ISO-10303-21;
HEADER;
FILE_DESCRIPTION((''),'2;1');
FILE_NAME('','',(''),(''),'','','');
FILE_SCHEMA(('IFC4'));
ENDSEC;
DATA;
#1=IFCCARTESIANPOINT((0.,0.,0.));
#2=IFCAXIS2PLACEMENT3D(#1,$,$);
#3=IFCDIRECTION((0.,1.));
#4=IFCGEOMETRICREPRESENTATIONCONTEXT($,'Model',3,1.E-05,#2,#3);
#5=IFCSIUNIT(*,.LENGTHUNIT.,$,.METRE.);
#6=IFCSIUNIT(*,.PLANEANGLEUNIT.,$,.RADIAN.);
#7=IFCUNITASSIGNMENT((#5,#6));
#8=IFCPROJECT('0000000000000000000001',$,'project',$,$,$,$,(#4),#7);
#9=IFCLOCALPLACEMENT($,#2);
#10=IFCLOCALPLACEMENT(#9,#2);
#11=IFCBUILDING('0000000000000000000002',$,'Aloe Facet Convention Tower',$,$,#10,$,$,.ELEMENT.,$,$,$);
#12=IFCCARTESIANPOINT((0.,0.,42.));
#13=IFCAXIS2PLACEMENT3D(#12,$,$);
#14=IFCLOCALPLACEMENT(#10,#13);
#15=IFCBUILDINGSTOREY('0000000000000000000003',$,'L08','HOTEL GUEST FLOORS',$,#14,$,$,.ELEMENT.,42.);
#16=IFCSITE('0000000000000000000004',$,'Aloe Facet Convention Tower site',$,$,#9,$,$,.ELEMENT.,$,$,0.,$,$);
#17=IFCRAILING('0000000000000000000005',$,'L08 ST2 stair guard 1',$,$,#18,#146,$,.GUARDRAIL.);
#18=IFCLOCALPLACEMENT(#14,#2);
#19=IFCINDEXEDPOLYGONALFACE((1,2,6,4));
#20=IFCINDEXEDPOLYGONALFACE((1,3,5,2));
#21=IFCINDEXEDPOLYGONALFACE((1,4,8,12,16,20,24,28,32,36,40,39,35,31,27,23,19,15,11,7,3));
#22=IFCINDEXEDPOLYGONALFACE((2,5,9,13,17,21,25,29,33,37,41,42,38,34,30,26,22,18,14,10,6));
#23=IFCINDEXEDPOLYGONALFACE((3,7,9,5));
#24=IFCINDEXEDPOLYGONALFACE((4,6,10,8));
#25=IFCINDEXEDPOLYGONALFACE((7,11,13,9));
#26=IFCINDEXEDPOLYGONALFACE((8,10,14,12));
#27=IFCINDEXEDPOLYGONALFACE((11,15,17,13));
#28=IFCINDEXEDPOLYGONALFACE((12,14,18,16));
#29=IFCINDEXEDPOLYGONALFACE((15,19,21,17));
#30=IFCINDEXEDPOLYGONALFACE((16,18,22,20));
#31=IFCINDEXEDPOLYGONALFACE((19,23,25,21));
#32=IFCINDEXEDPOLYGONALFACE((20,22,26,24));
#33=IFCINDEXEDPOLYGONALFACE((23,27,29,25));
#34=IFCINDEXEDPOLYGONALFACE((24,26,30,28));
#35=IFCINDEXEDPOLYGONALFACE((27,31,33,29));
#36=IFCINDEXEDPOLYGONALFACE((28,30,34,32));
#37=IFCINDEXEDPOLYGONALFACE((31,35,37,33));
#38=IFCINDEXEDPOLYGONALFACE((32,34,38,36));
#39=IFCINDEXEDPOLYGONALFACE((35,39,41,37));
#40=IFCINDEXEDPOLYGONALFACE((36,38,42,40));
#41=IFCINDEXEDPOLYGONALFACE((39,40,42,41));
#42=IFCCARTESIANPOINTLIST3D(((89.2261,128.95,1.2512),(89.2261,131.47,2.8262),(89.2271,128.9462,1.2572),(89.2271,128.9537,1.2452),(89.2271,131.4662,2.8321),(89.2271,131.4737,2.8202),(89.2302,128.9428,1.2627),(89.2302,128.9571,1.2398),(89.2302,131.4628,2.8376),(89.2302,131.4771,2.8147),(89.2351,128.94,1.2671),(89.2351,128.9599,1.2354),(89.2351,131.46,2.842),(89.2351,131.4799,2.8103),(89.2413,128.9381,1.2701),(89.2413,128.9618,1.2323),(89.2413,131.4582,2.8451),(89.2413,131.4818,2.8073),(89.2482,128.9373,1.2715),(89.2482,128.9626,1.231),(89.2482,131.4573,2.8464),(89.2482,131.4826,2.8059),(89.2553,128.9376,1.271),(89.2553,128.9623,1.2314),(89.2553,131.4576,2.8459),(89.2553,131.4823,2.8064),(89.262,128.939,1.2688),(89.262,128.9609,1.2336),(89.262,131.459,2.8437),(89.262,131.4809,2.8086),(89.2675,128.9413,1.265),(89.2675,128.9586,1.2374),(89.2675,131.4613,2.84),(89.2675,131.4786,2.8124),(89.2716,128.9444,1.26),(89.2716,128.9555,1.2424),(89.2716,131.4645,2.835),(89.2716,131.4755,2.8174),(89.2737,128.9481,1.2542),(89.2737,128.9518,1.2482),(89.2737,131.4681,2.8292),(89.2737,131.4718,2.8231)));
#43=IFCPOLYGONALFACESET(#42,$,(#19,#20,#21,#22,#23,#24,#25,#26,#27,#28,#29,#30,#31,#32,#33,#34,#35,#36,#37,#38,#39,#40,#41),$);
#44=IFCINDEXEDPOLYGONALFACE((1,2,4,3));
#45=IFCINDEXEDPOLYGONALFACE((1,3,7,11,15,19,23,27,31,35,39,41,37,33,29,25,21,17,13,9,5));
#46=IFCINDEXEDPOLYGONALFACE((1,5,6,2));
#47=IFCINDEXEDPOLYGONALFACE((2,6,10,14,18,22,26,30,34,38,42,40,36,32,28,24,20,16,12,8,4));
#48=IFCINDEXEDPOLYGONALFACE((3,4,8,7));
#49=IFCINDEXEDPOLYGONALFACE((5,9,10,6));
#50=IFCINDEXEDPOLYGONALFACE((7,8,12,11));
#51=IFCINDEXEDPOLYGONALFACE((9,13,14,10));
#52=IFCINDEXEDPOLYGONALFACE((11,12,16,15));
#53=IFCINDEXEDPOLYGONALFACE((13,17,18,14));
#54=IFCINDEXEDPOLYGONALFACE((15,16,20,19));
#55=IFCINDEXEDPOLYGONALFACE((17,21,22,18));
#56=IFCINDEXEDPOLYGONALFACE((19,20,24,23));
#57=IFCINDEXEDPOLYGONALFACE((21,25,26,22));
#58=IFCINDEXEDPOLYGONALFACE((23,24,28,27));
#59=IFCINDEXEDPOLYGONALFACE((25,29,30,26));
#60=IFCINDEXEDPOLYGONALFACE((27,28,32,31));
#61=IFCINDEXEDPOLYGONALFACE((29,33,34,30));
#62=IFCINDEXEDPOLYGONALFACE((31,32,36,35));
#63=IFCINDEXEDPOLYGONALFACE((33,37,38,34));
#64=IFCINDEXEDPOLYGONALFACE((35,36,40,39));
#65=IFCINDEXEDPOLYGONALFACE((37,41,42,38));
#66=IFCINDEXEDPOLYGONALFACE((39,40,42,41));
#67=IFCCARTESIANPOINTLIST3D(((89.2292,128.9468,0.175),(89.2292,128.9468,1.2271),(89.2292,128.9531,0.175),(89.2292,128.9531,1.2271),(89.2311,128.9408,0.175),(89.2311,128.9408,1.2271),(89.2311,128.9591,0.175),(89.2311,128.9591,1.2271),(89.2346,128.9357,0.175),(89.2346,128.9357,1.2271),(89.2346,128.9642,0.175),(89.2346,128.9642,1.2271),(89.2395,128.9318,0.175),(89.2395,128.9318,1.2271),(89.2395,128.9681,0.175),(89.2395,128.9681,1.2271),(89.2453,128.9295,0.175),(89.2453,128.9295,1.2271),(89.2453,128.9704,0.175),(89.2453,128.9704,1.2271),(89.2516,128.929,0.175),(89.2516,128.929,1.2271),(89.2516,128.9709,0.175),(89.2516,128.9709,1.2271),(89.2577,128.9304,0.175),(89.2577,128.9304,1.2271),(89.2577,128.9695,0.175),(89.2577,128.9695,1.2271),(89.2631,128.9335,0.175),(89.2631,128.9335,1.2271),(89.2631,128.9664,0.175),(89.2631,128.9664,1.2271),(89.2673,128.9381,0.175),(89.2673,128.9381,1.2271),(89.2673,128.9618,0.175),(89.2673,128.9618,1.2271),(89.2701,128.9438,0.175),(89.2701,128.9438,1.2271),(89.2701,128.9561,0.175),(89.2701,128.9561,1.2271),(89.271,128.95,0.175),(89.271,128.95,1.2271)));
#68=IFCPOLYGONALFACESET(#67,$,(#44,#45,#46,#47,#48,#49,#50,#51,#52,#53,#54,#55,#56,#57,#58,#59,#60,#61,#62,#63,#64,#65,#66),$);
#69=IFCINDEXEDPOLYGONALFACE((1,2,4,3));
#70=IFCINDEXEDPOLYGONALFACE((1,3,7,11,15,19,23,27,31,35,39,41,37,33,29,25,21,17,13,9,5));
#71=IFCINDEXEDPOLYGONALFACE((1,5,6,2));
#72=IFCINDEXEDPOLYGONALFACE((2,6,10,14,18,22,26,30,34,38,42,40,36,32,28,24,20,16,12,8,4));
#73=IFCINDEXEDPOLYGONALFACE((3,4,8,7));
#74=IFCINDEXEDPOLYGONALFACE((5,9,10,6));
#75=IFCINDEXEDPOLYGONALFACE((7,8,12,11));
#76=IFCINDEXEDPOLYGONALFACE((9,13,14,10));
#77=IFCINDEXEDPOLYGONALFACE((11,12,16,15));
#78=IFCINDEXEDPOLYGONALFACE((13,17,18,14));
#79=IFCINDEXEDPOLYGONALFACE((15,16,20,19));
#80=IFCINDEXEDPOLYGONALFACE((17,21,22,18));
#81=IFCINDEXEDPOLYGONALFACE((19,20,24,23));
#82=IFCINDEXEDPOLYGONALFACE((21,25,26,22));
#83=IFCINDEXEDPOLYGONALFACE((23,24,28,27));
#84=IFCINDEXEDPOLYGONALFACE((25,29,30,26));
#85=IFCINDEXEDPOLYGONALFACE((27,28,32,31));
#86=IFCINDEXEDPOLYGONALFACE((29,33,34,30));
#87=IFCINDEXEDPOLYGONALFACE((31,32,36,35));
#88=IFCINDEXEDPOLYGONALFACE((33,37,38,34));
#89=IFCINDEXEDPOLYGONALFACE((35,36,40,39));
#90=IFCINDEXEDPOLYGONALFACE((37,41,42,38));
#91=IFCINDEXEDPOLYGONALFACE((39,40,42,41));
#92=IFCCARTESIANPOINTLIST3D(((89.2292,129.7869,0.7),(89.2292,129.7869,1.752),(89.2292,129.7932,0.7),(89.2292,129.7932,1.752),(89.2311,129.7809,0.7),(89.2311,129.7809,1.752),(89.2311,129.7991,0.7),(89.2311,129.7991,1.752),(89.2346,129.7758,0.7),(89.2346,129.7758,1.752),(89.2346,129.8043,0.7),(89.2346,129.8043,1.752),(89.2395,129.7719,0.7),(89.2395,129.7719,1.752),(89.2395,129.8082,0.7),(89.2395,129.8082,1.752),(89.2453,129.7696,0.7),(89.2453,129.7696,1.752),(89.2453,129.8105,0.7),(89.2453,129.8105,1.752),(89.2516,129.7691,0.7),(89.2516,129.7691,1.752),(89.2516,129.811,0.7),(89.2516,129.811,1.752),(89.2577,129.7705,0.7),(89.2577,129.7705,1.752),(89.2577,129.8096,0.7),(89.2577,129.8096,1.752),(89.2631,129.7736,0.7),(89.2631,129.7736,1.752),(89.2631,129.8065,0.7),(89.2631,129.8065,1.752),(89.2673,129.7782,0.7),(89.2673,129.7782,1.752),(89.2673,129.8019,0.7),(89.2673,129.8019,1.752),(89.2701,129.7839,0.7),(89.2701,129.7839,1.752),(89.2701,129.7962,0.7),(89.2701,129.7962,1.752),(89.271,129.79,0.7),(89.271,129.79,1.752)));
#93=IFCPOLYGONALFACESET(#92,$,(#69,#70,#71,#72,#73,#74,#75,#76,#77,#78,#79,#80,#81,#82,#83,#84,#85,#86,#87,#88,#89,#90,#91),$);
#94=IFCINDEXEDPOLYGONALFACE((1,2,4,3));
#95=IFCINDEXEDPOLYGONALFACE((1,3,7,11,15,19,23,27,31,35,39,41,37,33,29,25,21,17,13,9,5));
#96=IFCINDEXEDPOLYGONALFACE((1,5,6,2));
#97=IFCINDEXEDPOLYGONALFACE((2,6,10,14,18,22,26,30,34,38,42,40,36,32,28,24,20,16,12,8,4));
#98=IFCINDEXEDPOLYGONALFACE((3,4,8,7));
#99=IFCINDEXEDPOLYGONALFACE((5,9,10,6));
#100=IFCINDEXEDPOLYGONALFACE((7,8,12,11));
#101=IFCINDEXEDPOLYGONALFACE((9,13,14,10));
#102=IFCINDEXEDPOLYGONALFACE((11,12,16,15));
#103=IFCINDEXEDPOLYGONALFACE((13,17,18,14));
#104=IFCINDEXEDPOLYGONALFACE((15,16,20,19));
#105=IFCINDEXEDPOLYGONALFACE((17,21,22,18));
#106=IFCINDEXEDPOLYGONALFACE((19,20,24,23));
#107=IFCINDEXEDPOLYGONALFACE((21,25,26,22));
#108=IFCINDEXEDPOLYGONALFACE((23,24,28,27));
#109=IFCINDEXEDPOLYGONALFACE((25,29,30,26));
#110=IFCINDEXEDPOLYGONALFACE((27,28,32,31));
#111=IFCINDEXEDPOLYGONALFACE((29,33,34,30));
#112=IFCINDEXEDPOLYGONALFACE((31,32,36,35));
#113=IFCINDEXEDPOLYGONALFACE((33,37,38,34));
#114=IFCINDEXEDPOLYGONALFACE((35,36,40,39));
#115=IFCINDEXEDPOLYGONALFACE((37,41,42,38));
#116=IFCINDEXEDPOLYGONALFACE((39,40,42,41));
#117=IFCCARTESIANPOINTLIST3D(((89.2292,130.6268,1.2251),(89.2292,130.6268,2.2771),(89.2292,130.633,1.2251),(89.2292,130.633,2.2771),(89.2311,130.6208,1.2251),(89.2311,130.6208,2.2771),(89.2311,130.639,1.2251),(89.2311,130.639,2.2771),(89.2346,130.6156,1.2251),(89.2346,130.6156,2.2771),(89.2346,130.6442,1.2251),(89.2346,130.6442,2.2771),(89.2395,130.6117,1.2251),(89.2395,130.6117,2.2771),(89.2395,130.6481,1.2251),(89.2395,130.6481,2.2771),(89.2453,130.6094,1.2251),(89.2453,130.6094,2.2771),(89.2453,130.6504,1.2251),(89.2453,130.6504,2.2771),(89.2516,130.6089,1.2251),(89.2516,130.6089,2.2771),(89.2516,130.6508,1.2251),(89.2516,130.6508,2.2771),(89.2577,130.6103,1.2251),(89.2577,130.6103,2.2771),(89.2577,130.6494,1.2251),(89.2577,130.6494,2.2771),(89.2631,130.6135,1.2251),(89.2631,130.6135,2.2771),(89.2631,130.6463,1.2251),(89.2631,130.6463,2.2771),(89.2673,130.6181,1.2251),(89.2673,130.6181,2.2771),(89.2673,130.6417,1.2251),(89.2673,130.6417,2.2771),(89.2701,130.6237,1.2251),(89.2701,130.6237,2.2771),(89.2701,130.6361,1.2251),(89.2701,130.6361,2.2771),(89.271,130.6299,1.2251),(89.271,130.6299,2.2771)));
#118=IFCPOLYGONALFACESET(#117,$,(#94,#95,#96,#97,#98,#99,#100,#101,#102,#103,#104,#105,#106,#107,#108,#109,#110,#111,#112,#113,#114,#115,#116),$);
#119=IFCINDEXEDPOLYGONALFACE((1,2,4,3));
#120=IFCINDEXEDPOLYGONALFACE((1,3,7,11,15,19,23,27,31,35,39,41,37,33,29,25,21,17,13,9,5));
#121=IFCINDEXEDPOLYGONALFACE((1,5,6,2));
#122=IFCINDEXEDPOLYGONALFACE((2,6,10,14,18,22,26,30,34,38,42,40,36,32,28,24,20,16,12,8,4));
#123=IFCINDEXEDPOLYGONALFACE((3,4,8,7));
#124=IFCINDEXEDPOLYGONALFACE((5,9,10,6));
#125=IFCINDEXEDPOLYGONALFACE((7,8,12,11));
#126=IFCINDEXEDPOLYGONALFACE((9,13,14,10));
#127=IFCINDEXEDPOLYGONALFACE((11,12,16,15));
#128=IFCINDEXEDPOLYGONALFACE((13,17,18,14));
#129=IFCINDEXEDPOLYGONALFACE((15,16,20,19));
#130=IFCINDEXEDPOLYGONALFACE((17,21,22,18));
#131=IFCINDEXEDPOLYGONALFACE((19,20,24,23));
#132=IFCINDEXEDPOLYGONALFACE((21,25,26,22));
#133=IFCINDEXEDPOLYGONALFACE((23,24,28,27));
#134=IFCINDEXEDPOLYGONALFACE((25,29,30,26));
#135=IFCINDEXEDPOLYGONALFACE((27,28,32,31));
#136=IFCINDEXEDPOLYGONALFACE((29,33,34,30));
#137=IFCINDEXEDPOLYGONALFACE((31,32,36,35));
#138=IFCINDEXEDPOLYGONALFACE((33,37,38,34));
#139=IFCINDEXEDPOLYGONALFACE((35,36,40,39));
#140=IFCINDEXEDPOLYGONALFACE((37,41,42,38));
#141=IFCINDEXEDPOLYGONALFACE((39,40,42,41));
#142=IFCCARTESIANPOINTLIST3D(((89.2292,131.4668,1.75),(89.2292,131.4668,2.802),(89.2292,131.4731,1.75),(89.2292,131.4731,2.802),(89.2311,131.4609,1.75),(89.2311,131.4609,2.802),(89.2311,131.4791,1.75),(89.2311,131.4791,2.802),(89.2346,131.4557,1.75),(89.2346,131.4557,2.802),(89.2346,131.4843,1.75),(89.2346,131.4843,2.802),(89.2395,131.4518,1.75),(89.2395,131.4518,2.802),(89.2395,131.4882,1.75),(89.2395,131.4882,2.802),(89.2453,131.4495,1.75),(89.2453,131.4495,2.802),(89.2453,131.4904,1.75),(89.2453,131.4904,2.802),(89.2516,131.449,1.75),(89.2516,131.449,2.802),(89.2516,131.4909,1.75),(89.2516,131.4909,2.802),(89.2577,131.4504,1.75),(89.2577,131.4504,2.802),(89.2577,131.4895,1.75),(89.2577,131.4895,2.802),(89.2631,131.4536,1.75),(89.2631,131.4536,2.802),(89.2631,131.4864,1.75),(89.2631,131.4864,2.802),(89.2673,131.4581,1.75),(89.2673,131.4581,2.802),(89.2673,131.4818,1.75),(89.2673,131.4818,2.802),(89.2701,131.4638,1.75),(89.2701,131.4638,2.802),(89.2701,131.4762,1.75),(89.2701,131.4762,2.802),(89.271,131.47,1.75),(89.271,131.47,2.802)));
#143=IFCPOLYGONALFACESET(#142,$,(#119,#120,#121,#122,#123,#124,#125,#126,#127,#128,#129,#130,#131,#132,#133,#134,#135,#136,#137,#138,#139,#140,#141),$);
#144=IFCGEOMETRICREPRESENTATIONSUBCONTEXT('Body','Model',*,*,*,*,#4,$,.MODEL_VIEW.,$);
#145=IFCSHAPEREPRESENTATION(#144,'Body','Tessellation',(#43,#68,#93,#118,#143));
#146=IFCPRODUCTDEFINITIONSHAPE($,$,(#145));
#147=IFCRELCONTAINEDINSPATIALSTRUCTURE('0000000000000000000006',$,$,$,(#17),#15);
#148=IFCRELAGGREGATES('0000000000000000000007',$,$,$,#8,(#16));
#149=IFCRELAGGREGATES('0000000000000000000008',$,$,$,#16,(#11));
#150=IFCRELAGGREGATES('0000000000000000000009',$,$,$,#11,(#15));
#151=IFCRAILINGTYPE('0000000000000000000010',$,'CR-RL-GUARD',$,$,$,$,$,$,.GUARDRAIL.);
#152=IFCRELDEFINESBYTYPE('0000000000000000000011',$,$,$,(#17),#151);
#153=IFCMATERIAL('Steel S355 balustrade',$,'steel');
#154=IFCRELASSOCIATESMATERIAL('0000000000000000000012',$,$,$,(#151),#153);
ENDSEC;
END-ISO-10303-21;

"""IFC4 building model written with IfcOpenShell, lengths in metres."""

from ifc_helpers import new_model, si_unit, direction, frame, origin, origin_2d, place, context, subcontext, project, spatial, circle, extrude, material, type_object, element, save


model = new_model("IFC4")

# Units and contexts
model_context = context("Model", 3, precision=1e-05, world=origin(), true_north=direction((0.0, 1.0)))
body_context = subcontext(model_context, "Body", "Model", "MODEL_VIEW")
ifc_project = project(units=[si_unit("LENGTHUNIT", "METRE"), si_unit("PLANEANGLEUNIT", "RADIAN")], contexts=[model_context])

# Site, building, storey
site_placement = place(None, origin())
site = spatial("IfcSite", under=ifc_project, at=site_placement, Name="Aloe Facet Convention Tower site", CompositionType="ELEMENT", RefElevation=0.0)
building_placement = place(site_placement, origin())
building = spatial("IfcBuilding", under=site, at=building_placement, Name="Aloe Facet Convention Tower", CompositionType="ELEMENT")
storey_placement = place(building_placement, frame((0.0, 0.0, 42.0)))
storey = spatial("IfcBuildingStorey", under=building, at=storey_placement, Name="L08", Description="HOTEL GUEST FLOORS", CompositionType="ELEMENT", Elevation=42.0)

# Railing
ifc_material_1 = material(Name="Steel S355 balustrade", Category="steel")
railing_type_1 = type_object("IfcRailingType", Name="CR-RL-GUARD", PredefinedType="GUARDRAIL", material=ifc_material_1)
railing_1_placement = place(storey_placement, frame((89.25, 128.95, 0.175)))
element("IfcRailing", 1, at=railing_1_placement, inside=storey, type_object=railing_type_1, Name="L08 ST2 stair guard 1", PredefinedType="GUARDRAIL", context=body_context, shape_type="SweptSolid", body=[
    extrude(circle(Radius=0.0239, at=origin_2d()), frame((0.0, 0.0, 1.0762), z_axis=(0.0, 0.848008, 0.529984), x_axis=(-1.0, 0.0, 0.0)), (0.0, 0.0, 1.0), 2.9717),
    extrude(circle(Radius=0.021, at=origin_2d()), origin(), (0.0, 0.0, 1.0), 1.052),
    extrude(circle(Radius=0.021, at=origin_2d()), frame((0.0, 0.8401, 0.5249)), (0.0, 0.0, 1.0), 1.052),
    extrude(circle(Radius=0.021, at=origin_2d()), frame((0.0, 1.6799, 1.05)), (0.0, 0.0, 1.0), 1.052),
    extrude(circle(Radius=0.021, at=origin_2d()), frame((0.0, 2.52, 1.575)), (0.0, 0.0, 1.0), 1.052),
])

save(model, "model.ifc")
